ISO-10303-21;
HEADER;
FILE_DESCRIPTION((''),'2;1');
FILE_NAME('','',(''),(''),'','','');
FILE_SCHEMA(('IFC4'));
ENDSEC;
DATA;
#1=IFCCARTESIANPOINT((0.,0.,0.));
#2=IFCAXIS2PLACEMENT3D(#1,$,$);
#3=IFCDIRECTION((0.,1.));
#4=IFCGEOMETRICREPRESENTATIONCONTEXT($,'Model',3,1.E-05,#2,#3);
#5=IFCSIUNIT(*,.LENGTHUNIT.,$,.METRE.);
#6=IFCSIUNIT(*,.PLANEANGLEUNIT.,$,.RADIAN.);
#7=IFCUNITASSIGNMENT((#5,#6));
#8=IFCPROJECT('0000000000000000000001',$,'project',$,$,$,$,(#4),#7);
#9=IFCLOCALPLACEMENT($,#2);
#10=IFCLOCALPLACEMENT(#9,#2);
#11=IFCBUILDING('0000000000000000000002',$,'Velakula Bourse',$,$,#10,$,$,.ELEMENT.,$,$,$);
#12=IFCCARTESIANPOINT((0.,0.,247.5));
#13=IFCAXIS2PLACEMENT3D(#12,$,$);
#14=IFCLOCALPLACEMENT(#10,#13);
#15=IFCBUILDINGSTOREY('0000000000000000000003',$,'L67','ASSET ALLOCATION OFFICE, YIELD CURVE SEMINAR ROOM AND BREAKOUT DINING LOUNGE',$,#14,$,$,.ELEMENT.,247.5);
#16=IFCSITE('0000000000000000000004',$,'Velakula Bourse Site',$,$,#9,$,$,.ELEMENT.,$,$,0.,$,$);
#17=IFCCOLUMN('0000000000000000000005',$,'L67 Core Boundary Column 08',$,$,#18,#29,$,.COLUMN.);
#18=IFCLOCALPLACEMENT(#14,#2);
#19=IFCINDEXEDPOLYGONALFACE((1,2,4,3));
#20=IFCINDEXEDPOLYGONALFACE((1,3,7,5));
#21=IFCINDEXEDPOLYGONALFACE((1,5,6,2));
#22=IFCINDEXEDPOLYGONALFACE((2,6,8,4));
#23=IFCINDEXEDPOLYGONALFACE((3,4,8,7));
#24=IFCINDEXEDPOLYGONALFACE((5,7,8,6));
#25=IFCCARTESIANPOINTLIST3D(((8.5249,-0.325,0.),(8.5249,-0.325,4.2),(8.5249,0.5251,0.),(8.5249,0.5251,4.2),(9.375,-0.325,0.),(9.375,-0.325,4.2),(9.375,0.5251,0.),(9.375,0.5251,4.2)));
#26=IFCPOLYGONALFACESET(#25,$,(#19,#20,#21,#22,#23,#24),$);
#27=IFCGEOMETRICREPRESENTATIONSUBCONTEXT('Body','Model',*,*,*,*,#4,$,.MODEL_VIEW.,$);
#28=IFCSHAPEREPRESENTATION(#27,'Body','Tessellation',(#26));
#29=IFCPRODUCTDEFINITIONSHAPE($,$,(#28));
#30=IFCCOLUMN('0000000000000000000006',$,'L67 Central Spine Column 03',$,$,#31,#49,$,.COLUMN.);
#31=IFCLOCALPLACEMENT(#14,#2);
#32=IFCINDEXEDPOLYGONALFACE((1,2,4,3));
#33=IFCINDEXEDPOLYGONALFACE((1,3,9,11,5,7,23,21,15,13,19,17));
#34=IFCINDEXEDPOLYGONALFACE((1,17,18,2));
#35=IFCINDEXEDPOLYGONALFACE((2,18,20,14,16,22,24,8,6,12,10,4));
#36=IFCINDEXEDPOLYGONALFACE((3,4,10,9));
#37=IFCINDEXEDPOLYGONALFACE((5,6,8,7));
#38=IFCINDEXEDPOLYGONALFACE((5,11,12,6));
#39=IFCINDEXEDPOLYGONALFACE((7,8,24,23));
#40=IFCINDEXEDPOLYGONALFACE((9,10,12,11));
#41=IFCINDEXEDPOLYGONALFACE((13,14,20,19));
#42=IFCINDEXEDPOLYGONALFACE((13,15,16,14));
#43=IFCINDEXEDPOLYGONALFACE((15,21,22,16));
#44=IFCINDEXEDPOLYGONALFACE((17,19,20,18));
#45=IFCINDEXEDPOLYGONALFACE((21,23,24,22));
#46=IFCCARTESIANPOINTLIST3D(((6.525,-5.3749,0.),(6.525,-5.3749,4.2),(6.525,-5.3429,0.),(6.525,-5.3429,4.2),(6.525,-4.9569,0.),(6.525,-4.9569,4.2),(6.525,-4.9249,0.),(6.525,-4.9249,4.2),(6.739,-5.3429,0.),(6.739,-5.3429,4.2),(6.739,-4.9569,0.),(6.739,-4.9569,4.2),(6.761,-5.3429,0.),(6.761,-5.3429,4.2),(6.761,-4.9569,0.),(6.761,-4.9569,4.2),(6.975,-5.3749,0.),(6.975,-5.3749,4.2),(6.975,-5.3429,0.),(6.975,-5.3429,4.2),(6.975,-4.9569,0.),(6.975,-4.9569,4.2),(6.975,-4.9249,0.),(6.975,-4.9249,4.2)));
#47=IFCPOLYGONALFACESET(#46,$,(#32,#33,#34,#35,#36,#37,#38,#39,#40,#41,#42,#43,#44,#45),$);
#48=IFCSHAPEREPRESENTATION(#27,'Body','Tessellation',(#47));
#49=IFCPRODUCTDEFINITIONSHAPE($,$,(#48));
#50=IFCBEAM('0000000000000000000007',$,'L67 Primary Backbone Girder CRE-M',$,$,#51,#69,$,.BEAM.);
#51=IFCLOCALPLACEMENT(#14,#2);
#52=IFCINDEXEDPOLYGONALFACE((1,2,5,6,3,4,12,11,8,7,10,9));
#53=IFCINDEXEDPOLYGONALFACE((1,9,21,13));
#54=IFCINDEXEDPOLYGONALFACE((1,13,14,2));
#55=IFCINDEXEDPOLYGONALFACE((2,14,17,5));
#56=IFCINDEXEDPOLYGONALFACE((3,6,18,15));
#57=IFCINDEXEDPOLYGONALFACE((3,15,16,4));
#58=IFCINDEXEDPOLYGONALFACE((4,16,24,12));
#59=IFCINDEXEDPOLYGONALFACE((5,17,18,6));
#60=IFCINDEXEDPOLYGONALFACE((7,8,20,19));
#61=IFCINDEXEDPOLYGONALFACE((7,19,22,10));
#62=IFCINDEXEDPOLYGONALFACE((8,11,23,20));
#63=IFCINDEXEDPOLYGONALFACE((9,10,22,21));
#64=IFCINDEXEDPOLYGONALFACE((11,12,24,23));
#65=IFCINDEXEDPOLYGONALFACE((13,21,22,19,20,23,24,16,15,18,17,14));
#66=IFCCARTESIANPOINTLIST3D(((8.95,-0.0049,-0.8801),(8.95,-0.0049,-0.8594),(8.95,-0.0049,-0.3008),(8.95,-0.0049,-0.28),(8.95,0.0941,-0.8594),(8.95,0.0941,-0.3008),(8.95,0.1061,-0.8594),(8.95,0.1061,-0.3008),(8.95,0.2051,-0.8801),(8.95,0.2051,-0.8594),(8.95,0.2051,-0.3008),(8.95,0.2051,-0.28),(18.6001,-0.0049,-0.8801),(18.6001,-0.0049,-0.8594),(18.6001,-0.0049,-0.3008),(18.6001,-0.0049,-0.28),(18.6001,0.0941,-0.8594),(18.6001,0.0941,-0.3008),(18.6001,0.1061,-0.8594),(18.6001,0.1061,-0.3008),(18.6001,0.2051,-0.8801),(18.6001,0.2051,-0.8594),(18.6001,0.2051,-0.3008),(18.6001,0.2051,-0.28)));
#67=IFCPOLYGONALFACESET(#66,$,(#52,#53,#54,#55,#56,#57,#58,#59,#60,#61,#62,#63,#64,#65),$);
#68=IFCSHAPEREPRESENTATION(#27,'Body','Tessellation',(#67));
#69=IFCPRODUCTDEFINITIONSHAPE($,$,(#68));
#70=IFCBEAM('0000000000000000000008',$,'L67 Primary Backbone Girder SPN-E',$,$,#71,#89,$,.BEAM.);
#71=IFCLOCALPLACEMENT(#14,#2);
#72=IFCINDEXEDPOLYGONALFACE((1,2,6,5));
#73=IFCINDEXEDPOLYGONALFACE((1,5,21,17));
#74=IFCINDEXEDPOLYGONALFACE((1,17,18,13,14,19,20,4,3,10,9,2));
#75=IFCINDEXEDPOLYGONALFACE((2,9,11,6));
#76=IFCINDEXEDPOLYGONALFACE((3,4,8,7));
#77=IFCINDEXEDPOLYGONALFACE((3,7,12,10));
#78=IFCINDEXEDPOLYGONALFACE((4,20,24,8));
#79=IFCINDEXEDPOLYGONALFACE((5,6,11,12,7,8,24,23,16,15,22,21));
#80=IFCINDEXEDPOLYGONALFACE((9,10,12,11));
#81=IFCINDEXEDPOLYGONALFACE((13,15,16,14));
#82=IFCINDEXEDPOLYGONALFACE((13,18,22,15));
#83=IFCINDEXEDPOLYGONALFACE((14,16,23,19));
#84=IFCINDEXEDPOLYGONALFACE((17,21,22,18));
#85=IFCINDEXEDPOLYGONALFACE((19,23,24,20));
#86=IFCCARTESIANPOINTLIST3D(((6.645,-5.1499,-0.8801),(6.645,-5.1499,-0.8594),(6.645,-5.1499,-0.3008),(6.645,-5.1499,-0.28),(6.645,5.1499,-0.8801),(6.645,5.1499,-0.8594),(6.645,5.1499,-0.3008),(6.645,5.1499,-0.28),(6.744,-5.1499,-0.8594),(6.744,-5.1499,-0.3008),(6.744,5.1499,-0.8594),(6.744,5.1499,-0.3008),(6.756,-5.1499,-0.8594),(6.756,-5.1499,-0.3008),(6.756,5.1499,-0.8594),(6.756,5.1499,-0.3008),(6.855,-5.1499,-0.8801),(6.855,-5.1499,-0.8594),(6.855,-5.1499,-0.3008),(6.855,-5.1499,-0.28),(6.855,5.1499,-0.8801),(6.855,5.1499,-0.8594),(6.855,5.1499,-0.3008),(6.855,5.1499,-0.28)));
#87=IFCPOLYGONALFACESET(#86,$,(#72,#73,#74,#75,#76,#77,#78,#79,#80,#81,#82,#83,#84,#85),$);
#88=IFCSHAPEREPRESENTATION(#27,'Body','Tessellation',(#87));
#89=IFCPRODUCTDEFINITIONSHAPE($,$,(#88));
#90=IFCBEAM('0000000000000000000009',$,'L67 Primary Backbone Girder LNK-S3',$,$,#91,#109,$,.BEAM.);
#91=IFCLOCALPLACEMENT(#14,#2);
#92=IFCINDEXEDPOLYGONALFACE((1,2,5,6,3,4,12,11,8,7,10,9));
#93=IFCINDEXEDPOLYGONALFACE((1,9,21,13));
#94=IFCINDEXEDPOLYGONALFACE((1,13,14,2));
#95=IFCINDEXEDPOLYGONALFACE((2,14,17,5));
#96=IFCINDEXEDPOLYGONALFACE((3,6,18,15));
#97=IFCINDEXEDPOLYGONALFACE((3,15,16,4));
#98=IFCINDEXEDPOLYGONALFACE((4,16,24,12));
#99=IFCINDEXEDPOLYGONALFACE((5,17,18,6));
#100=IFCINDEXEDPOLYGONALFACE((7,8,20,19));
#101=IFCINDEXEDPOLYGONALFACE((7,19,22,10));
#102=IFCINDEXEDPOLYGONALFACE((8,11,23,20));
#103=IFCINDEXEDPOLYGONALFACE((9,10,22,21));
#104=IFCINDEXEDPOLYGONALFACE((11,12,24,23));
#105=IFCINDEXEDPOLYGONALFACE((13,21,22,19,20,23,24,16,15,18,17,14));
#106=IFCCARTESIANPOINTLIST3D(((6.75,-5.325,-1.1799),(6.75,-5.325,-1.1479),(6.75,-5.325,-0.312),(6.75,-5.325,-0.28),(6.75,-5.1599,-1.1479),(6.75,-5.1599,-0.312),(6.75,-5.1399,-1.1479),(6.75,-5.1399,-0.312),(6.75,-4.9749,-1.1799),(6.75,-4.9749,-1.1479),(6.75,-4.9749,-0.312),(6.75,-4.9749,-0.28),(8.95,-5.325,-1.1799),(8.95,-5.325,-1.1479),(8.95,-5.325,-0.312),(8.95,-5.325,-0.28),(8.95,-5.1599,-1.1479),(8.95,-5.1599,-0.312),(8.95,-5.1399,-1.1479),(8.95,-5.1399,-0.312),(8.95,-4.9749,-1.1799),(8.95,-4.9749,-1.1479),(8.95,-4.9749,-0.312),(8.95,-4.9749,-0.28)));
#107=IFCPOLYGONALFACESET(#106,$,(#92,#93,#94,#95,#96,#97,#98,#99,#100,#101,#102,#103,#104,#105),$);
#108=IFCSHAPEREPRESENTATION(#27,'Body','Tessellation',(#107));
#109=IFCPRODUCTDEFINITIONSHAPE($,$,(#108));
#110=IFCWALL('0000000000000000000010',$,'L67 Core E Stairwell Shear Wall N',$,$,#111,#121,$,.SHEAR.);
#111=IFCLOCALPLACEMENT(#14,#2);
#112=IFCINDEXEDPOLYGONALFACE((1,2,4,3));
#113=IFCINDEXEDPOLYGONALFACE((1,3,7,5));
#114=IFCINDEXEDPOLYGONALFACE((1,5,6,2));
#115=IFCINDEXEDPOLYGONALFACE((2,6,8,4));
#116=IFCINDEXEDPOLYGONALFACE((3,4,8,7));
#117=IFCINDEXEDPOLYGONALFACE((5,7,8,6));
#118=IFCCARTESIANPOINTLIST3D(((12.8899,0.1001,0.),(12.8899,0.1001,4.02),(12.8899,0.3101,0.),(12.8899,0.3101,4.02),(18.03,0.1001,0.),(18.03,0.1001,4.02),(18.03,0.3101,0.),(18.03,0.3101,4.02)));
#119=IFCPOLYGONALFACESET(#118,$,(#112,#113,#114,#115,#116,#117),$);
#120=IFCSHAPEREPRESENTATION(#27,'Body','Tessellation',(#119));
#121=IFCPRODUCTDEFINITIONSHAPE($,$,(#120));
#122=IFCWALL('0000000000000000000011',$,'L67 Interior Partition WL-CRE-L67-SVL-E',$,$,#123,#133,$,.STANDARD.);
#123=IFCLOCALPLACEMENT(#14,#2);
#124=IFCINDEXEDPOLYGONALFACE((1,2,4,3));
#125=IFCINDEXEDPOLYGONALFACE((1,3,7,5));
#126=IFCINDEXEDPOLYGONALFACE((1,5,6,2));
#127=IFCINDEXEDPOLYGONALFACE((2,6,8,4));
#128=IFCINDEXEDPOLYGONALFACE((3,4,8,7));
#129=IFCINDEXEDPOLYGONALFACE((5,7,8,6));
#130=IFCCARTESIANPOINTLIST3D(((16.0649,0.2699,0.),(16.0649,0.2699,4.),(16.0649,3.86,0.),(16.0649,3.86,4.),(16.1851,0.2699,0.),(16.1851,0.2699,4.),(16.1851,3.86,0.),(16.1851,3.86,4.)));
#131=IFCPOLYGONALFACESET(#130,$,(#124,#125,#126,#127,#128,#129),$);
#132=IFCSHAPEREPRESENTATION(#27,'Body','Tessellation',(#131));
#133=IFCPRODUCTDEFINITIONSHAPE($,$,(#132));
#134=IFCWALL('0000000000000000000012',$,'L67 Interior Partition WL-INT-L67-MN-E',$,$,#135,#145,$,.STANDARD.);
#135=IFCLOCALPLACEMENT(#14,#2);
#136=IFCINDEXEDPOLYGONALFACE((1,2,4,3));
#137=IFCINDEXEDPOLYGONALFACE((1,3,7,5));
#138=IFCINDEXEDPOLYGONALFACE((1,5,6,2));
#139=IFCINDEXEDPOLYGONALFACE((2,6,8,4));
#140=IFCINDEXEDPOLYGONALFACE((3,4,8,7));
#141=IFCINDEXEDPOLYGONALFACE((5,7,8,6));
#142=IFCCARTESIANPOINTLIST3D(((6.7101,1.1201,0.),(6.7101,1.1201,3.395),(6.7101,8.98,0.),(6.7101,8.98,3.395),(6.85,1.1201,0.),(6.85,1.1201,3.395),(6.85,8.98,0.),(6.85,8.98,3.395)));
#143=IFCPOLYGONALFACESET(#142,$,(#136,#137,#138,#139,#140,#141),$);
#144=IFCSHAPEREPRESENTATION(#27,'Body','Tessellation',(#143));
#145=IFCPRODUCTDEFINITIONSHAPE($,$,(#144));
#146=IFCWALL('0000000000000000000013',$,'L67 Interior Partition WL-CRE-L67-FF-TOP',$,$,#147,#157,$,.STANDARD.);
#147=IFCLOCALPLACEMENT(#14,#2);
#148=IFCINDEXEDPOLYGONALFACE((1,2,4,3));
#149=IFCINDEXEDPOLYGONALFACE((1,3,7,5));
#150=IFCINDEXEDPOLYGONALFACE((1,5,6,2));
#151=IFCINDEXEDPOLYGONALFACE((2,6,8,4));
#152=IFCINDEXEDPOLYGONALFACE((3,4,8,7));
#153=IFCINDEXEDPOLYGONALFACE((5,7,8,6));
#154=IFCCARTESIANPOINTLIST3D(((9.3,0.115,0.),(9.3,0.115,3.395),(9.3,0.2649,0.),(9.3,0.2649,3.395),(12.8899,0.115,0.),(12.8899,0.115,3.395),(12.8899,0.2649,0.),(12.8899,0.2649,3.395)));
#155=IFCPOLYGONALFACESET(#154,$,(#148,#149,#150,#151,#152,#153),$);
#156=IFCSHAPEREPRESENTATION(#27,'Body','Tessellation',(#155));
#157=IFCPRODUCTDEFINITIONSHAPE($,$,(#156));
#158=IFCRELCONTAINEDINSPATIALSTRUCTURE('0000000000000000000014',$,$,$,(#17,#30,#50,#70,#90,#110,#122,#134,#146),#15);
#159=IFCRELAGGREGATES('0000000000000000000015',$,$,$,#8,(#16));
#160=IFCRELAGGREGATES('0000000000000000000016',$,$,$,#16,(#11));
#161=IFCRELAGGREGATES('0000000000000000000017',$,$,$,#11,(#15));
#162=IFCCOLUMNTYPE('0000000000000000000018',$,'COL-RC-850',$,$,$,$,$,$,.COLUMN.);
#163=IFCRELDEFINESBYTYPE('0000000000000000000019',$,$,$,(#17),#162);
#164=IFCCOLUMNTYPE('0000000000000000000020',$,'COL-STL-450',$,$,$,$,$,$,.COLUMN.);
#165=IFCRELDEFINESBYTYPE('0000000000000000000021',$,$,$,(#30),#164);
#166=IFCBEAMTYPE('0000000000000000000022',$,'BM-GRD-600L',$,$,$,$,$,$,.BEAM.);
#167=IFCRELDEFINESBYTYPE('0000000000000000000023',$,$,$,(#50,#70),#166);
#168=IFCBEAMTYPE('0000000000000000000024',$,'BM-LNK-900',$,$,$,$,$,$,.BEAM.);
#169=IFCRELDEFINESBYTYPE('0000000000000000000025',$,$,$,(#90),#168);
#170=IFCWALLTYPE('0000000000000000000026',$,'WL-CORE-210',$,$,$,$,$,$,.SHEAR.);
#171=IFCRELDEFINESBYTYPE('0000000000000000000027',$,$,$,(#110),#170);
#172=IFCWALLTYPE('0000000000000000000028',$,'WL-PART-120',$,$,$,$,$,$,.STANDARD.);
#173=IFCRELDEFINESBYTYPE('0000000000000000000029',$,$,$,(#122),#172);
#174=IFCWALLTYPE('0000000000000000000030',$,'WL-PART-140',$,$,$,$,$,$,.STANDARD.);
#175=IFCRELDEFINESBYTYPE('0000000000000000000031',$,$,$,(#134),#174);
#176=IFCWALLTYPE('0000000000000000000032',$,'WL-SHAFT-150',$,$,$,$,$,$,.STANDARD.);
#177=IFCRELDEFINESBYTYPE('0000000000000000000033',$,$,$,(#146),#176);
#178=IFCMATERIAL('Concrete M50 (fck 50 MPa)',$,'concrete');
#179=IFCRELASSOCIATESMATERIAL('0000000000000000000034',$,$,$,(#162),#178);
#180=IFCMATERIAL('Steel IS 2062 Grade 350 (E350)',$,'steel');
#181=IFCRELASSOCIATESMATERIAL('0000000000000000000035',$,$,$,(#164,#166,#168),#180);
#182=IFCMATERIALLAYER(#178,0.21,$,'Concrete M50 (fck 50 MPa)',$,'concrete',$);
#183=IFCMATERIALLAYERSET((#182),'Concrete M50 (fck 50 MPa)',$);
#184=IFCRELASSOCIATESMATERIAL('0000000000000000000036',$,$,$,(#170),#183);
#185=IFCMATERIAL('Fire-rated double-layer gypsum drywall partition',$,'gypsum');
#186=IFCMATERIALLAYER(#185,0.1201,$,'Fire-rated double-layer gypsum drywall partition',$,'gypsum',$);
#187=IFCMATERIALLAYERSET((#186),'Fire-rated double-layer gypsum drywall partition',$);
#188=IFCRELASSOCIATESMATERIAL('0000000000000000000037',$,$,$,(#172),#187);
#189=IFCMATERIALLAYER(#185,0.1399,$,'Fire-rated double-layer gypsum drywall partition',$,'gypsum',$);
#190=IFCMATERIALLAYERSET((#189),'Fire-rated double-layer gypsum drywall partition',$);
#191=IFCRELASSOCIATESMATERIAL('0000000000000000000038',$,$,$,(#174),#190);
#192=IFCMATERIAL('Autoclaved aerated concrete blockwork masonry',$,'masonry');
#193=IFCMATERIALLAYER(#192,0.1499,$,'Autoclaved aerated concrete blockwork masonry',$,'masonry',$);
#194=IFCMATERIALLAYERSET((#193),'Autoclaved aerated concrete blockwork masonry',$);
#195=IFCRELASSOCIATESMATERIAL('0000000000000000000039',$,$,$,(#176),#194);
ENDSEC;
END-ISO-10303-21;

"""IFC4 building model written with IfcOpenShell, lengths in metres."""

from ifc_helpers import new_model, si_unit, direction, frame, frame_2d, origin, origin_2d, place, context, subcontext, project, spatial, rectangle, i_section, extrude, material, layer, layer_set, material_profile, profile_set, type_object, element, save


model = new_model("IFC4")

# Units and contexts
model_context = context("Model", 3, precision=1e-05, world=origin(), true_north=direction((0.0, 1.0)))
body_context = subcontext(model_context, "Body", "Model", "MODEL_VIEW")
ifc_project = project(units=[si_unit("LENGTHUNIT", "METRE"), si_unit("PLANEANGLEUNIT", "RADIAN")], contexts=[model_context])

# Site, building, storey
site_placement = place(None, origin())
site = spatial("IfcSite", under=ifc_project, at=site_placement, Name="Velakula Bourse Site", CompositionType="ELEMENT", RefElevation=0.0)
building_placement = place(site_placement, origin())
building = spatial("IfcBuilding", under=site, at=building_placement, Name="Velakula Bourse", CompositionType="ELEMENT")
storey_placement = place(building_placement, frame((0.0, 0.0, 247.5)))
storey = spatial("IfcBuildingStorey", under=building, at=storey_placement, Name="L67", Description="ASSET ALLOCATION OFFICE, YIELD CURVE SEMINAR ROOM AND BREAKOUT DINING LOUNGE", CompositionType="ELEMENT", Elevation=247.5)

# Columns
ifc_material_1 = material(Name="Concrete M50 (fck 50 MPa)", Category="concrete")
ifc_material_profile_1 = material_profile(ifc_material_1, rectangle(XDim=0.8501, YDim=0.8501, at=origin_2d()), Name="Concrete M50 (fck 50 MPa)")
ifc_profile_set_1 = profile_set([ifc_material_profile_1], Name="Concrete M50 (fck 50 MPa)")
column_type_1 = type_object("IfcColumnType", Name="COL-RC-850", PredefinedType="COLUMN", material=ifc_profile_set_1)
column_1_placement = place(storey_placement, frame((8.95, 0.1001, 0.0), z_axis=(0.0, 0.0, 1.0), x_axis=(1.0, 0.0, 0.0)))
element("IfcColumn", 1, at=column_1_placement, inside=storey, type_object=column_type_1, Name="L67 Core Boundary Column 08", PredefinedType="COLUMN", context=body_context, shape_type="SweptSolid", body=[
    extrude(rectangle(XDim=0.8501, YDim=0.8501, at=origin_2d()), origin(), (0.0, 0.0, 1.0), 4.2),
])
ifc_material_2 = material(Name="Steel IS 2062 Grade 350 (E350)", Category="steel")
ifc_material_profile_2 = material_profile(ifc_material_2, i_section(OverallWidth=0.45, OverallDepth=0.45, WebThickness=0.022, FlangeThickness=0.032, at=origin_2d()), Name="Steel IS 2062 Grade 350 (E350)")
ifc_profile_set_2 = profile_set([ifc_material_profile_2], Name="Steel IS 2062 Grade 350 (E350)")
column_type_2 = type_object("IfcColumnType", Name="COL-STL-450", PredefinedType="COLUMN", material=ifc_profile_set_2)
column_2_placement = place(storey_placement, frame((6.75, -5.1499, 0.0), z_axis=(0.0, 0.0, 1.0), x_axis=(1.0, 0.0, 0.0)))
element("IfcColumn", 2, at=column_2_placement, inside=storey, type_object=column_type_2, Name="L67 Central Spine Column 03", PredefinedType="COLUMN", context=body_context, shape_type="SweptSolid", body=[
    extrude(i_section(OverallWidth=0.45, OverallDepth=0.45, WebThickness=0.022, FlangeThickness=0.032, at=origin_2d()), origin(), (0.0, 0.0, 1.0), 4.2),
])

# Beams
ifc_material_profile_3 = material_profile(ifc_material_2, i_section(OverallWidth=0.21, OverallDepth=0.6001, WebThickness=0.012, FlangeThickness=0.0208, at=origin_2d()), Name="Steel IS 2062 Grade 350 (E350)")
ifc_profile_set_3 = profile_set([ifc_material_profile_3], Name="Steel IS 2062 Grade 350 (E350)")
beam_type_1 = type_object("IfcBeamType", Name="BM-GRD-600L", PredefinedType="BEAM", material=ifc_profile_set_3)
beam_1_placement = place(storey_placement, frame((8.95, 0.1001, -0.5801), z_axis=(1.0, 0.0, 0.0), x_axis=(0.0, 1.0, 0.0)))
element("IfcBeam", 3, at=beam_1_placement, inside=storey, type_object=beam_type_1, Name="L67 Primary Backbone Girder CRE-M", PredefinedType="BEAM", context=body_context, shape_type="SweptSolid", body=[
    extrude(i_section(OverallWidth=0.21, OverallDepth=0.6001, WebThickness=0.012, FlangeThickness=0.0208, at=origin_2d()), origin(), (0.0, 0.0, 1.0), 9.6501),
])
beam_2_placement = place(storey_placement, frame((6.75, -5.1499, -0.5801), z_axis=(0.0, 1.0, 0.0), x_axis=(-1.0, 0.0, 0.0)))
element("IfcBeam", 4, at=beam_2_placement, inside=storey, type_object=beam_type_1, Name="L67 Primary Backbone Girder SPN-E", PredefinedType="BEAM", context=body_context, shape_type="SweptSolid", body=[
    extrude(i_section(OverallWidth=0.21, OverallDepth=0.6001, WebThickness=0.012, FlangeThickness=0.0208, at=origin_2d()), origin(), (0.0, 0.0, 1.0), 10.2998),
])
ifc_material_profile_4 = material_profile(ifc_material_2, i_section(OverallWidth=0.3501, OverallDepth=0.8999, WebThickness=0.02, FlangeThickness=0.032, at=origin_2d()), Name="Steel IS 2062 Grade 350 (E350)")
ifc_profile_set_4 = profile_set([ifc_material_profile_4], Name="Steel IS 2062 Grade 350 (E350)")
beam_type_2 = type_object("IfcBeamType", Name="BM-LNK-900", PredefinedType="BEAM", material=ifc_profile_set_4)
beam_3_placement = place(storey_placement, frame((6.75, -5.1499, -0.73), z_axis=(1.0, 0.0, 0.0), x_axis=(0.0, 1.0, 0.0)))
element("IfcBeam", 5, at=beam_3_placement, inside=storey, type_object=beam_type_2, Name="L67 Primary Backbone Girder LNK-S3", PredefinedType="BEAM", context=body_context, shape_type="SweptSolid", body=[
    extrude(i_section(OverallWidth=0.3501, OverallDepth=0.8999, WebThickness=0.02, FlangeThickness=0.032, at=origin_2d()), origin(), (0.0, 0.0, 1.0), 2.2),
])

# Walls
ifc_layer_1 = layer(ifc_material_1, 0.21, Name="Concrete M50 (fck 50 MPa)", Category="concrete")
ifc_layer_set_1 = layer_set([ifc_layer_1], Name="Concrete M50 (fck 50 MPa)")
wall_type_1 = type_object("IfcWallType", Name="WL-CORE-210", PredefinedType="SHEAR", material=ifc_layer_set_1)
wall_1_placement = place(storey_placement, frame((18.03, 0.2051, 0.0), z_axis=(0.0, 0.0, 1.0), x_axis=(-1.0, 0.0, 0.0)))
element("IfcWall", 6, at=wall_1_placement, inside=storey, type_object=wall_type_1, Name="L67 Core E Stairwell Shear Wall N", PredefinedType="SHEAR", context=body_context, shape_type="SweptSolid", body=[
    extrude(rectangle(XDim=5.1401, YDim=0.21, at=frame_2d((2.5701, 0.0))), origin(), (0.0, 0.0, 1.0), 4.02),
])
ifc_material_3 = material(Name="Fire-rated double-layer gypsum drywall partition", Category="gypsum")
ifc_layer_2 = layer(ifc_material_3, 0.1201, Name="Fire-rated double-layer gypsum drywall partition", Category="gypsum")
ifc_layer_set_2 = layer_set([ifc_layer_2], Name="Fire-rated double-layer gypsum drywall partition")
wall_type_2 = type_object("IfcWallType", Name="WL-PART-120", PredefinedType="STANDARD", material=ifc_layer_set_2)
wall_2_placement = place(storey_placement, frame((16.125, 0.27, 0.0), z_axis=(0.0, 0.0, 1.0), x_axis=(0.0, 1.0, 0.0)))
element("IfcWall", 7, at=wall_2_placement, inside=storey, type_object=wall_type_2, Name="L67 Interior Partition WL-CRE-L67-SVL-E", PredefinedType="STANDARD", context=body_context, shape_type="SweptSolid", body=[
    extrude(rectangle(XDim=3.5901, YDim=0.1201, at=frame_2d((1.7949, 0.0))), origin(), (0.0, 0.0, 1.0), 4.0),
])
ifc_layer_3 = layer(ifc_material_3, 0.1399, Name="Fire-rated double-layer gypsum drywall partition", Category="gypsum")
ifc_layer_set_3 = layer_set([ifc_layer_3], Name="Fire-rated double-layer gypsum drywall partition")
wall_type_3 = type_object("IfcWallType", Name="WL-PART-140", PredefinedType="STANDARD", material=ifc_layer_set_3)
wall_3_placement = place(storey_placement, frame((6.78, 1.1201, 0.0), z_axis=(0.0, 0.0, 1.0), x_axis=(0.0, 1.0, 0.0)))
element("IfcWall", 8, at=wall_3_placement, inside=storey, type_object=wall_type_3, Name="L67 Interior Partition WL-INT-L67-MN-E", PredefinedType="STANDARD", context=body_context, shape_type="SweptSolid", body=[
    extrude(rectangle(XDim=7.8599, YDim=0.1399, at=frame_2d((3.9299, 0.0))), origin(), (0.0, 0.0, 1.0), 3.395),
])

# Shared definitions
ifc_material_4 = material(Name="Autoclaved aerated concrete blockwork masonry", Category="masonry")
ifc_layer_4 = layer(ifc_material_4, 0.1499, Name="Autoclaved aerated concrete blockwork masonry", Category="masonry")
ifc_layer_set_4 = layer_set([ifc_layer_4], Name="Autoclaved aerated concrete blockwork masonry")
wall_type_4 = type_object("IfcWallType", Name="WL-SHAFT-150", PredefinedType="STANDARD", material=ifc_layer_set_4)

# Wall
wall_4_placement = place(storey_placement, frame((9.3, 0.1899, 0.0), z_axis=(0.0, 0.0, 1.0), x_axis=(1.0, 0.0, 0.0)))
element("IfcWall", 9, at=wall_4_placement, inside=storey, type_object=wall_type_4, Name="L67 Interior Partition WL-CRE-L67-FF-TOP", PredefinedType="STANDARD", context=body_context, shape_type="SweptSolid", body=[
    extrude(rectangle(XDim=3.5898, YDim=0.1499, at=frame_2d((1.7949, 0.0))), origin(), (0.0, 0.0, 1.0), 3.395),
])

save(model, "model.ifc")
